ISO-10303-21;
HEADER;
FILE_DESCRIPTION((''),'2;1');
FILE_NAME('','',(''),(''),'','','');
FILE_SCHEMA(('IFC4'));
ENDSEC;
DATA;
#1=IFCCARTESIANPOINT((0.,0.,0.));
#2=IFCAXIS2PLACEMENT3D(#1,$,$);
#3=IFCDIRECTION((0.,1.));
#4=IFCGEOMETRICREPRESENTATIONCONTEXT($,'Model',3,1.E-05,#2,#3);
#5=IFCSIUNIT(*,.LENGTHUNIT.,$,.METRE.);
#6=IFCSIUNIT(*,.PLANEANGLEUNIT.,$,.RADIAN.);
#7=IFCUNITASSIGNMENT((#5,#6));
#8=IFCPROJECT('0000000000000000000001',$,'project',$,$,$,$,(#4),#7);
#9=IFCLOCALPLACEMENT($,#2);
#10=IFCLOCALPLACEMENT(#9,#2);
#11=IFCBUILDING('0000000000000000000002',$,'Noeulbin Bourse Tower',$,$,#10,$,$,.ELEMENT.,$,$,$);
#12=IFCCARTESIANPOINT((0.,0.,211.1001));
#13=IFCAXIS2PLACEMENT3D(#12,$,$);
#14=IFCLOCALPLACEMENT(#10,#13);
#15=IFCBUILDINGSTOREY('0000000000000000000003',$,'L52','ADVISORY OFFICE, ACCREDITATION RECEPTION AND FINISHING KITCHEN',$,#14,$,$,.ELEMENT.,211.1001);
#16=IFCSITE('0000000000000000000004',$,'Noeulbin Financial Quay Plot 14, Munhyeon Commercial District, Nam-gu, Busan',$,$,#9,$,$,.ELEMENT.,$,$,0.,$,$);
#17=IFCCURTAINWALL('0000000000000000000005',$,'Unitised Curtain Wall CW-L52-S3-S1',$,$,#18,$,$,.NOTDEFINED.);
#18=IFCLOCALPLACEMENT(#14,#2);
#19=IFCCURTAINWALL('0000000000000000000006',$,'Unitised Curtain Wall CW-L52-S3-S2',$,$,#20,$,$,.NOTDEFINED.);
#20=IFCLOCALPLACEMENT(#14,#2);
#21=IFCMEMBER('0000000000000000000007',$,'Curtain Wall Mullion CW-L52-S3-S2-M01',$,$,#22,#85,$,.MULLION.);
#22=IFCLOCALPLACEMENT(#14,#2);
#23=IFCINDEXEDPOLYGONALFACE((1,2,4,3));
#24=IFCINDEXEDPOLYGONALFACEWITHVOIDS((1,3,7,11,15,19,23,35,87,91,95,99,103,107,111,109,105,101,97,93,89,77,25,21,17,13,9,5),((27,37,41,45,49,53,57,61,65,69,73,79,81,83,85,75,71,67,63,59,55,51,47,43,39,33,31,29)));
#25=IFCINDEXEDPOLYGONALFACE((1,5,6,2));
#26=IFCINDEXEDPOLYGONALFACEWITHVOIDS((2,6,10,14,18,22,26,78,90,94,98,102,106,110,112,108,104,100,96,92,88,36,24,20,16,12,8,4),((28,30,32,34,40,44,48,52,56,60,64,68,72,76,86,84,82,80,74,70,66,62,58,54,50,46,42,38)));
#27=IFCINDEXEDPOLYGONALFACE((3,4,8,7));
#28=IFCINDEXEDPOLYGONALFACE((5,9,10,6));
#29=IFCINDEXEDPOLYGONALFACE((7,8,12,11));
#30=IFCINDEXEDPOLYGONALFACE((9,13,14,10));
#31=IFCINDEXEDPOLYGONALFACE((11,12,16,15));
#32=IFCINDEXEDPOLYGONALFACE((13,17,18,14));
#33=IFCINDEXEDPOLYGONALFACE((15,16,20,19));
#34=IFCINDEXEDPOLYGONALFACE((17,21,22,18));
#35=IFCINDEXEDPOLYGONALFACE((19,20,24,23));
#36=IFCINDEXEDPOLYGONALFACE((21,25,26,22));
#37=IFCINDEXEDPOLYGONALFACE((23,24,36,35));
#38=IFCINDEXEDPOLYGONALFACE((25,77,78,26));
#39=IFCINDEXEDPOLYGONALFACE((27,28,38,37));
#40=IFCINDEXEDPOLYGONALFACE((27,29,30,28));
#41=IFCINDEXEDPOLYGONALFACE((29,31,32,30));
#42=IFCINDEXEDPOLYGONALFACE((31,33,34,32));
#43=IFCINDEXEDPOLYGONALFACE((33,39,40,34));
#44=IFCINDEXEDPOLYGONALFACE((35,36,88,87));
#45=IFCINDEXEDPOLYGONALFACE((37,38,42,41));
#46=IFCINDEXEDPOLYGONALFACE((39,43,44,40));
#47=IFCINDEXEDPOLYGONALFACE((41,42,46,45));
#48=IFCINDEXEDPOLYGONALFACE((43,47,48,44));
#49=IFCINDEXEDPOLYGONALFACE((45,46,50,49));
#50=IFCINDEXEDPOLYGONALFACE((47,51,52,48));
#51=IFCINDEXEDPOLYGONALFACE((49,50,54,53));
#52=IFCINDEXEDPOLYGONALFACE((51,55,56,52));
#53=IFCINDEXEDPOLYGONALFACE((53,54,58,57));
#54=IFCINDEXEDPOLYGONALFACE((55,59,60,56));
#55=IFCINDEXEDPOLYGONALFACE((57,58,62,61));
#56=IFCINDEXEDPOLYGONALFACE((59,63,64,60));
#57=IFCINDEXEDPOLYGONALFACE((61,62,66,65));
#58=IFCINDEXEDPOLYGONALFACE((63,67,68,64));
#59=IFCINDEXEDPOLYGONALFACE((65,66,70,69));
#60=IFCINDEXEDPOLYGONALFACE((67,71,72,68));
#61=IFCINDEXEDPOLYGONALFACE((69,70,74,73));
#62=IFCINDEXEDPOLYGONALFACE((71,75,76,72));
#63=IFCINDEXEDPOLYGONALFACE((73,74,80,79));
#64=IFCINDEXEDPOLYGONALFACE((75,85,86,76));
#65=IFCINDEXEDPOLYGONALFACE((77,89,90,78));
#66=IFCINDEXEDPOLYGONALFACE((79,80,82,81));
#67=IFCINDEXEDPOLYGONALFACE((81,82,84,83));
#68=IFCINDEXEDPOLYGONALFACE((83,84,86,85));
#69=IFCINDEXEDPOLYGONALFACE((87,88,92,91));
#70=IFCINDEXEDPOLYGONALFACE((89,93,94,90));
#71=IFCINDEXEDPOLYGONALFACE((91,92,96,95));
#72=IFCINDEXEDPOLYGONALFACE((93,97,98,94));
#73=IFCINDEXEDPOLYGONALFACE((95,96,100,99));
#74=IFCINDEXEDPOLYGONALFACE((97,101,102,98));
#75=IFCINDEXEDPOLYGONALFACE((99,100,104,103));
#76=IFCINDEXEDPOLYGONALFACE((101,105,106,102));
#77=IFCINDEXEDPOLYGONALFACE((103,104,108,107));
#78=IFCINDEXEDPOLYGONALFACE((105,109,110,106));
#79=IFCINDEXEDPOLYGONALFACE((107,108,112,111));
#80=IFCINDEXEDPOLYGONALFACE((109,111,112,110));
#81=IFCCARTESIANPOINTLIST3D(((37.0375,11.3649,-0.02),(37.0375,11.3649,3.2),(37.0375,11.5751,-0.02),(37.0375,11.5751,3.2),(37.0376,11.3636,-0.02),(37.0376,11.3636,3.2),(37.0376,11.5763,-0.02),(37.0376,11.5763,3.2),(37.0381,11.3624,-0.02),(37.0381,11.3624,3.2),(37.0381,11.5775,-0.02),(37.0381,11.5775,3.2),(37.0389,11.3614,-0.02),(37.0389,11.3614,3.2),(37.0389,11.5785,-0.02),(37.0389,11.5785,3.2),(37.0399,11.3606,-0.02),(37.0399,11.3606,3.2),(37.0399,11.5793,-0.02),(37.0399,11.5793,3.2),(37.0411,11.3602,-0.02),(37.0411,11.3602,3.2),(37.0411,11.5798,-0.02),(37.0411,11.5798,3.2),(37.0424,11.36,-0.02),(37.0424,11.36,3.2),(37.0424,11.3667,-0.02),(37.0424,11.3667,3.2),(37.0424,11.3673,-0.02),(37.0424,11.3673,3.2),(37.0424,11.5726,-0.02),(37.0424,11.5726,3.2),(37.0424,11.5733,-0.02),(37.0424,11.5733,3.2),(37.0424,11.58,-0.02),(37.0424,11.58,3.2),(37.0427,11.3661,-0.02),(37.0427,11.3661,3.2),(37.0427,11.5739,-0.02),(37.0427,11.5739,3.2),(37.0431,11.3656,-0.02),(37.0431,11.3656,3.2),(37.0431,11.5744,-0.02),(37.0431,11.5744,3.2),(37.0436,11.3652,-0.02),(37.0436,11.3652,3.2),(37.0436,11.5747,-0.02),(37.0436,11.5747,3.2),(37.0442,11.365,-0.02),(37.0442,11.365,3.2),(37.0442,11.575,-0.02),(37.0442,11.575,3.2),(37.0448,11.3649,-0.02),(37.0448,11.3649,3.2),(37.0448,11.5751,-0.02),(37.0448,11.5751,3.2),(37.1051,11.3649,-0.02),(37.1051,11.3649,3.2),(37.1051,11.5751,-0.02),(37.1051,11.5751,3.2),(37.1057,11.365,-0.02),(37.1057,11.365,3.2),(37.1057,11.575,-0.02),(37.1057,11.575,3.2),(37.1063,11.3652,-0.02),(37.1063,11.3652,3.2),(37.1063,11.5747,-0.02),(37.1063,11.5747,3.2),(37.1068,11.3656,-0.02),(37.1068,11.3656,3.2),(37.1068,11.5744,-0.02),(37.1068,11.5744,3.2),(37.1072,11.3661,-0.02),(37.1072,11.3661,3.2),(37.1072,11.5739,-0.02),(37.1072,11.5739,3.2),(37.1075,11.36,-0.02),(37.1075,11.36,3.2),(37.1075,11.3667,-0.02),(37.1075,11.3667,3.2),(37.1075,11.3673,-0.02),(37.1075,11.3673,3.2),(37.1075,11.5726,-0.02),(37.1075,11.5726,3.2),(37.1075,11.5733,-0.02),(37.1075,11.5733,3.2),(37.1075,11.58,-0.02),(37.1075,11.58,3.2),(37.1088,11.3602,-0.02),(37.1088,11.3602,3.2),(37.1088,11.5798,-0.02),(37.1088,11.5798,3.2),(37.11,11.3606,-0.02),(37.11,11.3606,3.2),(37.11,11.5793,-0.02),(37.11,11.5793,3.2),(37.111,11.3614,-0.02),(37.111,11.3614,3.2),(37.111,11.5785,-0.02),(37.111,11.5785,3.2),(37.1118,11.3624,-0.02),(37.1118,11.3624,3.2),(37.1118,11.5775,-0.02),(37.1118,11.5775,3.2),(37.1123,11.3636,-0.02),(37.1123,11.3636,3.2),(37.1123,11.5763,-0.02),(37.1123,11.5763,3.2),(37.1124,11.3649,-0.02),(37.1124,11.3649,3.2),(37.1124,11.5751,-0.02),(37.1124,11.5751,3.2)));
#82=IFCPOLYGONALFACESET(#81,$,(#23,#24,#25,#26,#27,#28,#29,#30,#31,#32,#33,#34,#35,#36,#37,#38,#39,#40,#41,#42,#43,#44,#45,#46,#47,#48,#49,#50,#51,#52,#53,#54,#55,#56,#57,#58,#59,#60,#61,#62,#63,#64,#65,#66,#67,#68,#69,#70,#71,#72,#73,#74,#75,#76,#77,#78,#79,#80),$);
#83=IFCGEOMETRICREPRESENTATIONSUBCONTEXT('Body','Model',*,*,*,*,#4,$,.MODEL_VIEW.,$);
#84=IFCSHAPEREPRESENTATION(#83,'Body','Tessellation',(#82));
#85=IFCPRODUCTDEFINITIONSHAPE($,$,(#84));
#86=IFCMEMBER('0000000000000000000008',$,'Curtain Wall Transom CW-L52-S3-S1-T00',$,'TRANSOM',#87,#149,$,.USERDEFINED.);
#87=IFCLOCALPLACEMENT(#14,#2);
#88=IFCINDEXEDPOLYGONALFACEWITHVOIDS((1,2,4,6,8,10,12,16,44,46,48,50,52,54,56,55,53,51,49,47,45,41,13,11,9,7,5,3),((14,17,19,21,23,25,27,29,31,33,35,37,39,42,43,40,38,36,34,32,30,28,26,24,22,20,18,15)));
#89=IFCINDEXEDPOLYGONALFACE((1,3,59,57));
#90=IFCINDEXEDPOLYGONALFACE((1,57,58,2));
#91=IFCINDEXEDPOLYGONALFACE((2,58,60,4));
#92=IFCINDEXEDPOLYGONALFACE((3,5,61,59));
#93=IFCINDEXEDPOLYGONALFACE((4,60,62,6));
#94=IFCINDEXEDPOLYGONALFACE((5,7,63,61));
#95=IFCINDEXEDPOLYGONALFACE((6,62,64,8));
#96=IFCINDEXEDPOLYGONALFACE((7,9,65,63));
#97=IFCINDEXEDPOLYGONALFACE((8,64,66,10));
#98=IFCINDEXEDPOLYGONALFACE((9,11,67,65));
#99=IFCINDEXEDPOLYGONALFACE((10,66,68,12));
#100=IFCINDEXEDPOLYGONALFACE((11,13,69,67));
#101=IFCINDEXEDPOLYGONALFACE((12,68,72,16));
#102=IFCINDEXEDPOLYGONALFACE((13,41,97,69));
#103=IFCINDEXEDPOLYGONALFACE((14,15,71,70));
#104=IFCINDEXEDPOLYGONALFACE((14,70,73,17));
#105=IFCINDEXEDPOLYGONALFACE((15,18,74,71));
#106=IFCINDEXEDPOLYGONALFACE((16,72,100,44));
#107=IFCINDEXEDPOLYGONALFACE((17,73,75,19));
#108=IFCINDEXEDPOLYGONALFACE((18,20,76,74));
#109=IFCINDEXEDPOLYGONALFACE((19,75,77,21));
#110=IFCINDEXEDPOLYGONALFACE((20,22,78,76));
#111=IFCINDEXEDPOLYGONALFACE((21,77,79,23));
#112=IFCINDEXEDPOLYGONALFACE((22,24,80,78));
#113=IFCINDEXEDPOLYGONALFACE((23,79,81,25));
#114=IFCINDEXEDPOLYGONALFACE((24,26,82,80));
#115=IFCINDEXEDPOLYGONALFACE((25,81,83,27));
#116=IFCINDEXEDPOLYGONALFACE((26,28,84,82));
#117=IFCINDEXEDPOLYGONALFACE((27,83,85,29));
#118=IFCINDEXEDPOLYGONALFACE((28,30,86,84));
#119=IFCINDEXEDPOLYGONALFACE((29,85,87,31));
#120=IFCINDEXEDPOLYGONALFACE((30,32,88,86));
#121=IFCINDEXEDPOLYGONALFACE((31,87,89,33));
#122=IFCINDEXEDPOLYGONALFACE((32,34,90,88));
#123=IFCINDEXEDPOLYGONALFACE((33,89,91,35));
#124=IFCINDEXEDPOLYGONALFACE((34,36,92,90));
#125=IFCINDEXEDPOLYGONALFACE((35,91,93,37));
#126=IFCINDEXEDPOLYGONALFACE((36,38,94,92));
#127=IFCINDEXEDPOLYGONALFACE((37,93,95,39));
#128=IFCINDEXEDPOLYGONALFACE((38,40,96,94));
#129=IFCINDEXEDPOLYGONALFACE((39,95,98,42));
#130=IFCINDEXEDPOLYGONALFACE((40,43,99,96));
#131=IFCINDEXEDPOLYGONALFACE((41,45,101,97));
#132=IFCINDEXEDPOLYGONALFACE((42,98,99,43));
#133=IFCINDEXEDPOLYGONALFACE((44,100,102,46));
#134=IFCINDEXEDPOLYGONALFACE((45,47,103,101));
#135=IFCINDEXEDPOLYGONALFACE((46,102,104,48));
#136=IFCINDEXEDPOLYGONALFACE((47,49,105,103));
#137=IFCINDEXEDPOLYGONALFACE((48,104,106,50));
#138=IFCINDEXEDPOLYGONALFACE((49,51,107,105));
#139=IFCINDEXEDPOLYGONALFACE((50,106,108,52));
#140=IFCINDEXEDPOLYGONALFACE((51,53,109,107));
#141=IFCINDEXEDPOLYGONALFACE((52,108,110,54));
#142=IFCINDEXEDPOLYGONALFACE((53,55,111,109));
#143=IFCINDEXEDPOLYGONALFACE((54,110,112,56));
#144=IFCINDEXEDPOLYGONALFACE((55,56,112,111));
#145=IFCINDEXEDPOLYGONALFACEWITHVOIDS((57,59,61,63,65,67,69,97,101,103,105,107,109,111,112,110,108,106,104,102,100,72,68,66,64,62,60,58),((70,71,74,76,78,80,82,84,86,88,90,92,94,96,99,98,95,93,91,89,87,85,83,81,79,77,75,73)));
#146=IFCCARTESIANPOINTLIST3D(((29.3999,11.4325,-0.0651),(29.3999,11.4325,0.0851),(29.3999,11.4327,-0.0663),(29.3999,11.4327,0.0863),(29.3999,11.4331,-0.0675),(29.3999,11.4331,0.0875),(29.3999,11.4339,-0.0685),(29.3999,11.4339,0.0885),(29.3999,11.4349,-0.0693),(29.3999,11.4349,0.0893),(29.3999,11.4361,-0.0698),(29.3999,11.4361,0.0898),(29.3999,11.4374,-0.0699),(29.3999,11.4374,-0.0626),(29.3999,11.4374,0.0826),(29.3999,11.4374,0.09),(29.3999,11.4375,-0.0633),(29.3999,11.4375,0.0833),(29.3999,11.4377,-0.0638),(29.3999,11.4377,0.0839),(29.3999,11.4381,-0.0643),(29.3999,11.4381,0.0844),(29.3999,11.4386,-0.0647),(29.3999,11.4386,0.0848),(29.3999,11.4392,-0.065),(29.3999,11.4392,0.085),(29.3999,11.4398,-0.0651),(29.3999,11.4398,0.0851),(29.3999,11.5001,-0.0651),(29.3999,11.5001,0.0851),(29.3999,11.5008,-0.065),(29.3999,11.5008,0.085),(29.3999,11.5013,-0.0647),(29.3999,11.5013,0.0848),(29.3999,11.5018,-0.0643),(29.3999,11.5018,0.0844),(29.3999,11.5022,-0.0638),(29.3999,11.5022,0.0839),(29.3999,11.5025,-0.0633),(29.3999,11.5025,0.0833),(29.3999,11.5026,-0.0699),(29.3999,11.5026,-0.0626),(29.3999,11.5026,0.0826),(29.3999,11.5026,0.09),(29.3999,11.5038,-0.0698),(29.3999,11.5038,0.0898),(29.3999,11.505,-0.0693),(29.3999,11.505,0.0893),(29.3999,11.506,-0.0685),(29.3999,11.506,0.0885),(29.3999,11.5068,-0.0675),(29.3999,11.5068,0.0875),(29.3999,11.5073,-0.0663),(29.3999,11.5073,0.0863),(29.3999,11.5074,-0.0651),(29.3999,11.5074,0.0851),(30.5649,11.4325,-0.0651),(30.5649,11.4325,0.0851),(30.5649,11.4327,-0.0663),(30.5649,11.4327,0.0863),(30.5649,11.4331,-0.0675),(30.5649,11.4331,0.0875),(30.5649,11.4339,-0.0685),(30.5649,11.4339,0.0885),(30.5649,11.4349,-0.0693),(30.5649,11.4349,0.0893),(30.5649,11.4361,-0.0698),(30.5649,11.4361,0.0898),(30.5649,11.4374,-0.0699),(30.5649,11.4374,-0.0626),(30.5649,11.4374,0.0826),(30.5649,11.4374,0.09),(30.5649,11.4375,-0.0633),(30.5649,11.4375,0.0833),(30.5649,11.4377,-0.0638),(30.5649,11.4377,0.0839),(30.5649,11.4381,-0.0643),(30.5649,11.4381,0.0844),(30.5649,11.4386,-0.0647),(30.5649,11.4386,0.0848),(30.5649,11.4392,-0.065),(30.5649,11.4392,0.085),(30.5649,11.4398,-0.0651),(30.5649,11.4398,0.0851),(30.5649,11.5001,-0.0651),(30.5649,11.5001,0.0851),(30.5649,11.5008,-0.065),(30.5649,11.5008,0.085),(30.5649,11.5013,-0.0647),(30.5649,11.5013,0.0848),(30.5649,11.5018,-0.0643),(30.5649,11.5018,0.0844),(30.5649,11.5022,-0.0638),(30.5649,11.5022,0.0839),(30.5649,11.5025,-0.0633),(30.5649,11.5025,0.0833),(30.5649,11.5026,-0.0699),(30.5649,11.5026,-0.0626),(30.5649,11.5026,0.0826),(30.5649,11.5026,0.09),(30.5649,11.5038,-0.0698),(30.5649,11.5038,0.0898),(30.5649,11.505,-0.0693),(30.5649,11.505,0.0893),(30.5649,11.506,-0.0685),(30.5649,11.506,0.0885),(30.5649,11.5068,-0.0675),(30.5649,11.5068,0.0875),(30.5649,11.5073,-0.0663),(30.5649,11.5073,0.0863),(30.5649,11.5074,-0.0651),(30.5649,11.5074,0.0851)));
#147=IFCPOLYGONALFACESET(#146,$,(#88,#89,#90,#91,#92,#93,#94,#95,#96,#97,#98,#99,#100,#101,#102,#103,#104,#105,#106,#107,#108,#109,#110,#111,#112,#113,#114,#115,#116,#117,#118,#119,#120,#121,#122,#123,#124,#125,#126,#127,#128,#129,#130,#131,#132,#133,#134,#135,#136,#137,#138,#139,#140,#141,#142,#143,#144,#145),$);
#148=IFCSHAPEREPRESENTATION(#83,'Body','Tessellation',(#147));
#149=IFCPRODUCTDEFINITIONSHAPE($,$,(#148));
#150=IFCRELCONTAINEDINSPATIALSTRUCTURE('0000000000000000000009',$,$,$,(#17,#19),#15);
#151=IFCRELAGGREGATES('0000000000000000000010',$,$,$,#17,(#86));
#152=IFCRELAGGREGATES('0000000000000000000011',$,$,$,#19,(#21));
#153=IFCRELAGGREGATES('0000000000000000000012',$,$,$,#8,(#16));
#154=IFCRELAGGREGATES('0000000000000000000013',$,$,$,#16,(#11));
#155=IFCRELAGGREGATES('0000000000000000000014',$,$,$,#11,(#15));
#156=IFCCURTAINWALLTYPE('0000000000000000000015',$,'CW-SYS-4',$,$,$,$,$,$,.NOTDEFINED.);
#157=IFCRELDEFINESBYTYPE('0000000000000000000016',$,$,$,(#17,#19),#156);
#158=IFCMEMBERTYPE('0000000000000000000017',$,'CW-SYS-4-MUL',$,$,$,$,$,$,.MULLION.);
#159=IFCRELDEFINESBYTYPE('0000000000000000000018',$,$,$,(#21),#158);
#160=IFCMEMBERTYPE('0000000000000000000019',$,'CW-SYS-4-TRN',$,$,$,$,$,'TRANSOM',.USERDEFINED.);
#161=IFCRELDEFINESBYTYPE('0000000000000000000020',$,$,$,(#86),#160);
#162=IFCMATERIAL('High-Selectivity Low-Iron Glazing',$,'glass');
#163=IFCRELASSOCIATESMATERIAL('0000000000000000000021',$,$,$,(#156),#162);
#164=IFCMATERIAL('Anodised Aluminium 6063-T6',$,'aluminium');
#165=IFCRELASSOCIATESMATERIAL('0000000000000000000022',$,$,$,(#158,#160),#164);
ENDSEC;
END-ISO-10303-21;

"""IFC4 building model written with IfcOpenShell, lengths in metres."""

from ifc_helpers import new_model, si_unit, direction, frame, origin, origin_2d, place, context, subcontext, project, spatial, hollow_rectangle, extrude, material, material_profile, profile_set, type_object, element, aggregate, save


model = new_model("IFC4")

# Units and contexts
model_context = context("Model", 3, precision=1e-05, world=origin(), true_north=direction((0.0, 1.0)))
body_context = subcontext(model_context, "Body", "Model", "MODEL_VIEW")
ifc_project = project(units=[si_unit("LENGTHUNIT", "METRE"), si_unit("PLANEANGLEUNIT", "RADIAN")], contexts=[model_context])

# Site, building, storey
site_placement = place(None, origin())
site = spatial("IfcSite", under=ifc_project, at=site_placement, Name="Noeulbin Financial Quay Plot 14, Munhyeon Commercial District, Nam-gu, Busan", CompositionType="ELEMENT", RefElevation=0.0)
building_placement = place(site_placement, origin())
building = spatial("IfcBuilding", under=site, at=building_placement, Name="Noeulbin Bourse Tower", CompositionType="ELEMENT")
storey_placement = place(building_placement, frame((0.0, 0.0, 211.1001)))
storey = spatial("IfcBuildingStorey", under=building, at=storey_placement, Name="L52", Description="ADVISORY OFFICE, ACCREDITATION RECEPTION AND FINISHING KITCHEN", CompositionType="ELEMENT", Elevation=211.1001)

# Curtain walls, member
ifc_material_1 = material(Name="High-Selectivity Low-Iron Glazing", Category="glass")
curtain_wall_type = type_object("IfcCurtainWallType", Name="CW-SYS-4", PredefinedType="NOTDEFINED", material=ifc_material_1)
curtain_wall_1_placement = place(storey_placement, origin())
curtain_wall_1 = element("IfcCurtainWall", 1, at=curtain_wall_1_placement, inside=storey, type_object=curtain_wall_type, Name="Unitised Curtain Wall CW-L52-S3-S1", PredefinedType="NOTDEFINED")
ifc_material_2 = material(Name="Anodised Aluminium 6063-T6", Category="aluminium")
ifc_material_profile_1 = material_profile(ifc_material_2, hollow_rectangle(XDim=0.075, YDim=0.22, WallThickness=0.0049, InnerFilletRadius=0.0024, OuterFilletRadius=0.0049, at=origin_2d()), Name="ALU-MULL-75x220x5", Category="LoadBearing")
ifc_profile_set_1 = profile_set([ifc_material_profile_1], Name="Anodised Aluminium 6063-T6")
member_type_1 = type_object("IfcMemberType", Name="CW-SYS-4-MUL", PredefinedType="MULLION", material=ifc_profile_set_1)
curtain_wall_2_placement = place(storey_placement, origin())
curtain_wall_2 = element("IfcCurtainWall", 2, at=curtain_wall_2_placement, inside=storey, type_object=curtain_wall_type, Name="Unitised Curtain Wall CW-L52-S3-S2", PredefinedType="NOTDEFINED")
member_1_placement = place(storey_placement, frame((37.075, 11.47, -0.02), z_axis=(0.0, 0.0, 1.0), x_axis=(1.0, 0.0, 0.0)))
member_1 = element("IfcMember", 3, at=member_1_placement, type_object=member_type_1, Name="Curtain Wall Mullion CW-L52-S3-S2-M01", PredefinedType="MULLION", context=body_context, shape_type="SweptSolid", body=[
    extrude(hollow_rectangle(XDim=0.075, YDim=0.22, WallThickness=0.0049, InnerFilletRadius=0.0024, OuterFilletRadius=0.0049, at=origin_2d()), origin(), (0.0, 0.0, 1.0), 3.22),
])

# Member
ifc_material_profile_2 = material_profile(ifc_material_2, hollow_rectangle(XDim=0.075, YDim=0.1599, WallThickness=0.0049, InnerFilletRadius=0.0024, OuterFilletRadius=0.0049, at=origin_2d()), Name="ALU-TRAN-75x160x5", Category="LoadBearing")
ifc_profile_set_2 = profile_set([ifc_material_profile_2], Name="Anodised Aluminium 6063-T6")
member_type_2 = type_object("IfcMemberType", Name="CW-SYS-4-TRN", ElementType="TRANSOM", PredefinedType="USERDEFINED", material=ifc_profile_set_2)
member_2_placement = place(storey_placement, frame((29.3999, 11.47, 0.01), z_axis=(1.0, 0.0, 0.0), x_axis=(0.0, 1.0, 0.0)))
member_2 = element("IfcMember", 4, at=member_2_placement, type_object=member_type_2, Name="Curtain Wall Transom CW-L52-S3-S1-T00", ObjectType="TRANSOM", PredefinedType="USERDEFINED", context=body_context, shape_type="SweptSolid", body=[
    extrude(hollow_rectangle(XDim=0.075, YDim=0.1599, WallThickness=0.0049, InnerFilletRadius=0.0024, OuterFilletRadius=0.0049, at=origin_2d()), origin(), (0.0, 0.0, 1.0), 1.165),
])

aggregate(curtain_wall_1, [member_2])
aggregate(curtain_wall_2, [member_1])

save(model, "model.ifc")
